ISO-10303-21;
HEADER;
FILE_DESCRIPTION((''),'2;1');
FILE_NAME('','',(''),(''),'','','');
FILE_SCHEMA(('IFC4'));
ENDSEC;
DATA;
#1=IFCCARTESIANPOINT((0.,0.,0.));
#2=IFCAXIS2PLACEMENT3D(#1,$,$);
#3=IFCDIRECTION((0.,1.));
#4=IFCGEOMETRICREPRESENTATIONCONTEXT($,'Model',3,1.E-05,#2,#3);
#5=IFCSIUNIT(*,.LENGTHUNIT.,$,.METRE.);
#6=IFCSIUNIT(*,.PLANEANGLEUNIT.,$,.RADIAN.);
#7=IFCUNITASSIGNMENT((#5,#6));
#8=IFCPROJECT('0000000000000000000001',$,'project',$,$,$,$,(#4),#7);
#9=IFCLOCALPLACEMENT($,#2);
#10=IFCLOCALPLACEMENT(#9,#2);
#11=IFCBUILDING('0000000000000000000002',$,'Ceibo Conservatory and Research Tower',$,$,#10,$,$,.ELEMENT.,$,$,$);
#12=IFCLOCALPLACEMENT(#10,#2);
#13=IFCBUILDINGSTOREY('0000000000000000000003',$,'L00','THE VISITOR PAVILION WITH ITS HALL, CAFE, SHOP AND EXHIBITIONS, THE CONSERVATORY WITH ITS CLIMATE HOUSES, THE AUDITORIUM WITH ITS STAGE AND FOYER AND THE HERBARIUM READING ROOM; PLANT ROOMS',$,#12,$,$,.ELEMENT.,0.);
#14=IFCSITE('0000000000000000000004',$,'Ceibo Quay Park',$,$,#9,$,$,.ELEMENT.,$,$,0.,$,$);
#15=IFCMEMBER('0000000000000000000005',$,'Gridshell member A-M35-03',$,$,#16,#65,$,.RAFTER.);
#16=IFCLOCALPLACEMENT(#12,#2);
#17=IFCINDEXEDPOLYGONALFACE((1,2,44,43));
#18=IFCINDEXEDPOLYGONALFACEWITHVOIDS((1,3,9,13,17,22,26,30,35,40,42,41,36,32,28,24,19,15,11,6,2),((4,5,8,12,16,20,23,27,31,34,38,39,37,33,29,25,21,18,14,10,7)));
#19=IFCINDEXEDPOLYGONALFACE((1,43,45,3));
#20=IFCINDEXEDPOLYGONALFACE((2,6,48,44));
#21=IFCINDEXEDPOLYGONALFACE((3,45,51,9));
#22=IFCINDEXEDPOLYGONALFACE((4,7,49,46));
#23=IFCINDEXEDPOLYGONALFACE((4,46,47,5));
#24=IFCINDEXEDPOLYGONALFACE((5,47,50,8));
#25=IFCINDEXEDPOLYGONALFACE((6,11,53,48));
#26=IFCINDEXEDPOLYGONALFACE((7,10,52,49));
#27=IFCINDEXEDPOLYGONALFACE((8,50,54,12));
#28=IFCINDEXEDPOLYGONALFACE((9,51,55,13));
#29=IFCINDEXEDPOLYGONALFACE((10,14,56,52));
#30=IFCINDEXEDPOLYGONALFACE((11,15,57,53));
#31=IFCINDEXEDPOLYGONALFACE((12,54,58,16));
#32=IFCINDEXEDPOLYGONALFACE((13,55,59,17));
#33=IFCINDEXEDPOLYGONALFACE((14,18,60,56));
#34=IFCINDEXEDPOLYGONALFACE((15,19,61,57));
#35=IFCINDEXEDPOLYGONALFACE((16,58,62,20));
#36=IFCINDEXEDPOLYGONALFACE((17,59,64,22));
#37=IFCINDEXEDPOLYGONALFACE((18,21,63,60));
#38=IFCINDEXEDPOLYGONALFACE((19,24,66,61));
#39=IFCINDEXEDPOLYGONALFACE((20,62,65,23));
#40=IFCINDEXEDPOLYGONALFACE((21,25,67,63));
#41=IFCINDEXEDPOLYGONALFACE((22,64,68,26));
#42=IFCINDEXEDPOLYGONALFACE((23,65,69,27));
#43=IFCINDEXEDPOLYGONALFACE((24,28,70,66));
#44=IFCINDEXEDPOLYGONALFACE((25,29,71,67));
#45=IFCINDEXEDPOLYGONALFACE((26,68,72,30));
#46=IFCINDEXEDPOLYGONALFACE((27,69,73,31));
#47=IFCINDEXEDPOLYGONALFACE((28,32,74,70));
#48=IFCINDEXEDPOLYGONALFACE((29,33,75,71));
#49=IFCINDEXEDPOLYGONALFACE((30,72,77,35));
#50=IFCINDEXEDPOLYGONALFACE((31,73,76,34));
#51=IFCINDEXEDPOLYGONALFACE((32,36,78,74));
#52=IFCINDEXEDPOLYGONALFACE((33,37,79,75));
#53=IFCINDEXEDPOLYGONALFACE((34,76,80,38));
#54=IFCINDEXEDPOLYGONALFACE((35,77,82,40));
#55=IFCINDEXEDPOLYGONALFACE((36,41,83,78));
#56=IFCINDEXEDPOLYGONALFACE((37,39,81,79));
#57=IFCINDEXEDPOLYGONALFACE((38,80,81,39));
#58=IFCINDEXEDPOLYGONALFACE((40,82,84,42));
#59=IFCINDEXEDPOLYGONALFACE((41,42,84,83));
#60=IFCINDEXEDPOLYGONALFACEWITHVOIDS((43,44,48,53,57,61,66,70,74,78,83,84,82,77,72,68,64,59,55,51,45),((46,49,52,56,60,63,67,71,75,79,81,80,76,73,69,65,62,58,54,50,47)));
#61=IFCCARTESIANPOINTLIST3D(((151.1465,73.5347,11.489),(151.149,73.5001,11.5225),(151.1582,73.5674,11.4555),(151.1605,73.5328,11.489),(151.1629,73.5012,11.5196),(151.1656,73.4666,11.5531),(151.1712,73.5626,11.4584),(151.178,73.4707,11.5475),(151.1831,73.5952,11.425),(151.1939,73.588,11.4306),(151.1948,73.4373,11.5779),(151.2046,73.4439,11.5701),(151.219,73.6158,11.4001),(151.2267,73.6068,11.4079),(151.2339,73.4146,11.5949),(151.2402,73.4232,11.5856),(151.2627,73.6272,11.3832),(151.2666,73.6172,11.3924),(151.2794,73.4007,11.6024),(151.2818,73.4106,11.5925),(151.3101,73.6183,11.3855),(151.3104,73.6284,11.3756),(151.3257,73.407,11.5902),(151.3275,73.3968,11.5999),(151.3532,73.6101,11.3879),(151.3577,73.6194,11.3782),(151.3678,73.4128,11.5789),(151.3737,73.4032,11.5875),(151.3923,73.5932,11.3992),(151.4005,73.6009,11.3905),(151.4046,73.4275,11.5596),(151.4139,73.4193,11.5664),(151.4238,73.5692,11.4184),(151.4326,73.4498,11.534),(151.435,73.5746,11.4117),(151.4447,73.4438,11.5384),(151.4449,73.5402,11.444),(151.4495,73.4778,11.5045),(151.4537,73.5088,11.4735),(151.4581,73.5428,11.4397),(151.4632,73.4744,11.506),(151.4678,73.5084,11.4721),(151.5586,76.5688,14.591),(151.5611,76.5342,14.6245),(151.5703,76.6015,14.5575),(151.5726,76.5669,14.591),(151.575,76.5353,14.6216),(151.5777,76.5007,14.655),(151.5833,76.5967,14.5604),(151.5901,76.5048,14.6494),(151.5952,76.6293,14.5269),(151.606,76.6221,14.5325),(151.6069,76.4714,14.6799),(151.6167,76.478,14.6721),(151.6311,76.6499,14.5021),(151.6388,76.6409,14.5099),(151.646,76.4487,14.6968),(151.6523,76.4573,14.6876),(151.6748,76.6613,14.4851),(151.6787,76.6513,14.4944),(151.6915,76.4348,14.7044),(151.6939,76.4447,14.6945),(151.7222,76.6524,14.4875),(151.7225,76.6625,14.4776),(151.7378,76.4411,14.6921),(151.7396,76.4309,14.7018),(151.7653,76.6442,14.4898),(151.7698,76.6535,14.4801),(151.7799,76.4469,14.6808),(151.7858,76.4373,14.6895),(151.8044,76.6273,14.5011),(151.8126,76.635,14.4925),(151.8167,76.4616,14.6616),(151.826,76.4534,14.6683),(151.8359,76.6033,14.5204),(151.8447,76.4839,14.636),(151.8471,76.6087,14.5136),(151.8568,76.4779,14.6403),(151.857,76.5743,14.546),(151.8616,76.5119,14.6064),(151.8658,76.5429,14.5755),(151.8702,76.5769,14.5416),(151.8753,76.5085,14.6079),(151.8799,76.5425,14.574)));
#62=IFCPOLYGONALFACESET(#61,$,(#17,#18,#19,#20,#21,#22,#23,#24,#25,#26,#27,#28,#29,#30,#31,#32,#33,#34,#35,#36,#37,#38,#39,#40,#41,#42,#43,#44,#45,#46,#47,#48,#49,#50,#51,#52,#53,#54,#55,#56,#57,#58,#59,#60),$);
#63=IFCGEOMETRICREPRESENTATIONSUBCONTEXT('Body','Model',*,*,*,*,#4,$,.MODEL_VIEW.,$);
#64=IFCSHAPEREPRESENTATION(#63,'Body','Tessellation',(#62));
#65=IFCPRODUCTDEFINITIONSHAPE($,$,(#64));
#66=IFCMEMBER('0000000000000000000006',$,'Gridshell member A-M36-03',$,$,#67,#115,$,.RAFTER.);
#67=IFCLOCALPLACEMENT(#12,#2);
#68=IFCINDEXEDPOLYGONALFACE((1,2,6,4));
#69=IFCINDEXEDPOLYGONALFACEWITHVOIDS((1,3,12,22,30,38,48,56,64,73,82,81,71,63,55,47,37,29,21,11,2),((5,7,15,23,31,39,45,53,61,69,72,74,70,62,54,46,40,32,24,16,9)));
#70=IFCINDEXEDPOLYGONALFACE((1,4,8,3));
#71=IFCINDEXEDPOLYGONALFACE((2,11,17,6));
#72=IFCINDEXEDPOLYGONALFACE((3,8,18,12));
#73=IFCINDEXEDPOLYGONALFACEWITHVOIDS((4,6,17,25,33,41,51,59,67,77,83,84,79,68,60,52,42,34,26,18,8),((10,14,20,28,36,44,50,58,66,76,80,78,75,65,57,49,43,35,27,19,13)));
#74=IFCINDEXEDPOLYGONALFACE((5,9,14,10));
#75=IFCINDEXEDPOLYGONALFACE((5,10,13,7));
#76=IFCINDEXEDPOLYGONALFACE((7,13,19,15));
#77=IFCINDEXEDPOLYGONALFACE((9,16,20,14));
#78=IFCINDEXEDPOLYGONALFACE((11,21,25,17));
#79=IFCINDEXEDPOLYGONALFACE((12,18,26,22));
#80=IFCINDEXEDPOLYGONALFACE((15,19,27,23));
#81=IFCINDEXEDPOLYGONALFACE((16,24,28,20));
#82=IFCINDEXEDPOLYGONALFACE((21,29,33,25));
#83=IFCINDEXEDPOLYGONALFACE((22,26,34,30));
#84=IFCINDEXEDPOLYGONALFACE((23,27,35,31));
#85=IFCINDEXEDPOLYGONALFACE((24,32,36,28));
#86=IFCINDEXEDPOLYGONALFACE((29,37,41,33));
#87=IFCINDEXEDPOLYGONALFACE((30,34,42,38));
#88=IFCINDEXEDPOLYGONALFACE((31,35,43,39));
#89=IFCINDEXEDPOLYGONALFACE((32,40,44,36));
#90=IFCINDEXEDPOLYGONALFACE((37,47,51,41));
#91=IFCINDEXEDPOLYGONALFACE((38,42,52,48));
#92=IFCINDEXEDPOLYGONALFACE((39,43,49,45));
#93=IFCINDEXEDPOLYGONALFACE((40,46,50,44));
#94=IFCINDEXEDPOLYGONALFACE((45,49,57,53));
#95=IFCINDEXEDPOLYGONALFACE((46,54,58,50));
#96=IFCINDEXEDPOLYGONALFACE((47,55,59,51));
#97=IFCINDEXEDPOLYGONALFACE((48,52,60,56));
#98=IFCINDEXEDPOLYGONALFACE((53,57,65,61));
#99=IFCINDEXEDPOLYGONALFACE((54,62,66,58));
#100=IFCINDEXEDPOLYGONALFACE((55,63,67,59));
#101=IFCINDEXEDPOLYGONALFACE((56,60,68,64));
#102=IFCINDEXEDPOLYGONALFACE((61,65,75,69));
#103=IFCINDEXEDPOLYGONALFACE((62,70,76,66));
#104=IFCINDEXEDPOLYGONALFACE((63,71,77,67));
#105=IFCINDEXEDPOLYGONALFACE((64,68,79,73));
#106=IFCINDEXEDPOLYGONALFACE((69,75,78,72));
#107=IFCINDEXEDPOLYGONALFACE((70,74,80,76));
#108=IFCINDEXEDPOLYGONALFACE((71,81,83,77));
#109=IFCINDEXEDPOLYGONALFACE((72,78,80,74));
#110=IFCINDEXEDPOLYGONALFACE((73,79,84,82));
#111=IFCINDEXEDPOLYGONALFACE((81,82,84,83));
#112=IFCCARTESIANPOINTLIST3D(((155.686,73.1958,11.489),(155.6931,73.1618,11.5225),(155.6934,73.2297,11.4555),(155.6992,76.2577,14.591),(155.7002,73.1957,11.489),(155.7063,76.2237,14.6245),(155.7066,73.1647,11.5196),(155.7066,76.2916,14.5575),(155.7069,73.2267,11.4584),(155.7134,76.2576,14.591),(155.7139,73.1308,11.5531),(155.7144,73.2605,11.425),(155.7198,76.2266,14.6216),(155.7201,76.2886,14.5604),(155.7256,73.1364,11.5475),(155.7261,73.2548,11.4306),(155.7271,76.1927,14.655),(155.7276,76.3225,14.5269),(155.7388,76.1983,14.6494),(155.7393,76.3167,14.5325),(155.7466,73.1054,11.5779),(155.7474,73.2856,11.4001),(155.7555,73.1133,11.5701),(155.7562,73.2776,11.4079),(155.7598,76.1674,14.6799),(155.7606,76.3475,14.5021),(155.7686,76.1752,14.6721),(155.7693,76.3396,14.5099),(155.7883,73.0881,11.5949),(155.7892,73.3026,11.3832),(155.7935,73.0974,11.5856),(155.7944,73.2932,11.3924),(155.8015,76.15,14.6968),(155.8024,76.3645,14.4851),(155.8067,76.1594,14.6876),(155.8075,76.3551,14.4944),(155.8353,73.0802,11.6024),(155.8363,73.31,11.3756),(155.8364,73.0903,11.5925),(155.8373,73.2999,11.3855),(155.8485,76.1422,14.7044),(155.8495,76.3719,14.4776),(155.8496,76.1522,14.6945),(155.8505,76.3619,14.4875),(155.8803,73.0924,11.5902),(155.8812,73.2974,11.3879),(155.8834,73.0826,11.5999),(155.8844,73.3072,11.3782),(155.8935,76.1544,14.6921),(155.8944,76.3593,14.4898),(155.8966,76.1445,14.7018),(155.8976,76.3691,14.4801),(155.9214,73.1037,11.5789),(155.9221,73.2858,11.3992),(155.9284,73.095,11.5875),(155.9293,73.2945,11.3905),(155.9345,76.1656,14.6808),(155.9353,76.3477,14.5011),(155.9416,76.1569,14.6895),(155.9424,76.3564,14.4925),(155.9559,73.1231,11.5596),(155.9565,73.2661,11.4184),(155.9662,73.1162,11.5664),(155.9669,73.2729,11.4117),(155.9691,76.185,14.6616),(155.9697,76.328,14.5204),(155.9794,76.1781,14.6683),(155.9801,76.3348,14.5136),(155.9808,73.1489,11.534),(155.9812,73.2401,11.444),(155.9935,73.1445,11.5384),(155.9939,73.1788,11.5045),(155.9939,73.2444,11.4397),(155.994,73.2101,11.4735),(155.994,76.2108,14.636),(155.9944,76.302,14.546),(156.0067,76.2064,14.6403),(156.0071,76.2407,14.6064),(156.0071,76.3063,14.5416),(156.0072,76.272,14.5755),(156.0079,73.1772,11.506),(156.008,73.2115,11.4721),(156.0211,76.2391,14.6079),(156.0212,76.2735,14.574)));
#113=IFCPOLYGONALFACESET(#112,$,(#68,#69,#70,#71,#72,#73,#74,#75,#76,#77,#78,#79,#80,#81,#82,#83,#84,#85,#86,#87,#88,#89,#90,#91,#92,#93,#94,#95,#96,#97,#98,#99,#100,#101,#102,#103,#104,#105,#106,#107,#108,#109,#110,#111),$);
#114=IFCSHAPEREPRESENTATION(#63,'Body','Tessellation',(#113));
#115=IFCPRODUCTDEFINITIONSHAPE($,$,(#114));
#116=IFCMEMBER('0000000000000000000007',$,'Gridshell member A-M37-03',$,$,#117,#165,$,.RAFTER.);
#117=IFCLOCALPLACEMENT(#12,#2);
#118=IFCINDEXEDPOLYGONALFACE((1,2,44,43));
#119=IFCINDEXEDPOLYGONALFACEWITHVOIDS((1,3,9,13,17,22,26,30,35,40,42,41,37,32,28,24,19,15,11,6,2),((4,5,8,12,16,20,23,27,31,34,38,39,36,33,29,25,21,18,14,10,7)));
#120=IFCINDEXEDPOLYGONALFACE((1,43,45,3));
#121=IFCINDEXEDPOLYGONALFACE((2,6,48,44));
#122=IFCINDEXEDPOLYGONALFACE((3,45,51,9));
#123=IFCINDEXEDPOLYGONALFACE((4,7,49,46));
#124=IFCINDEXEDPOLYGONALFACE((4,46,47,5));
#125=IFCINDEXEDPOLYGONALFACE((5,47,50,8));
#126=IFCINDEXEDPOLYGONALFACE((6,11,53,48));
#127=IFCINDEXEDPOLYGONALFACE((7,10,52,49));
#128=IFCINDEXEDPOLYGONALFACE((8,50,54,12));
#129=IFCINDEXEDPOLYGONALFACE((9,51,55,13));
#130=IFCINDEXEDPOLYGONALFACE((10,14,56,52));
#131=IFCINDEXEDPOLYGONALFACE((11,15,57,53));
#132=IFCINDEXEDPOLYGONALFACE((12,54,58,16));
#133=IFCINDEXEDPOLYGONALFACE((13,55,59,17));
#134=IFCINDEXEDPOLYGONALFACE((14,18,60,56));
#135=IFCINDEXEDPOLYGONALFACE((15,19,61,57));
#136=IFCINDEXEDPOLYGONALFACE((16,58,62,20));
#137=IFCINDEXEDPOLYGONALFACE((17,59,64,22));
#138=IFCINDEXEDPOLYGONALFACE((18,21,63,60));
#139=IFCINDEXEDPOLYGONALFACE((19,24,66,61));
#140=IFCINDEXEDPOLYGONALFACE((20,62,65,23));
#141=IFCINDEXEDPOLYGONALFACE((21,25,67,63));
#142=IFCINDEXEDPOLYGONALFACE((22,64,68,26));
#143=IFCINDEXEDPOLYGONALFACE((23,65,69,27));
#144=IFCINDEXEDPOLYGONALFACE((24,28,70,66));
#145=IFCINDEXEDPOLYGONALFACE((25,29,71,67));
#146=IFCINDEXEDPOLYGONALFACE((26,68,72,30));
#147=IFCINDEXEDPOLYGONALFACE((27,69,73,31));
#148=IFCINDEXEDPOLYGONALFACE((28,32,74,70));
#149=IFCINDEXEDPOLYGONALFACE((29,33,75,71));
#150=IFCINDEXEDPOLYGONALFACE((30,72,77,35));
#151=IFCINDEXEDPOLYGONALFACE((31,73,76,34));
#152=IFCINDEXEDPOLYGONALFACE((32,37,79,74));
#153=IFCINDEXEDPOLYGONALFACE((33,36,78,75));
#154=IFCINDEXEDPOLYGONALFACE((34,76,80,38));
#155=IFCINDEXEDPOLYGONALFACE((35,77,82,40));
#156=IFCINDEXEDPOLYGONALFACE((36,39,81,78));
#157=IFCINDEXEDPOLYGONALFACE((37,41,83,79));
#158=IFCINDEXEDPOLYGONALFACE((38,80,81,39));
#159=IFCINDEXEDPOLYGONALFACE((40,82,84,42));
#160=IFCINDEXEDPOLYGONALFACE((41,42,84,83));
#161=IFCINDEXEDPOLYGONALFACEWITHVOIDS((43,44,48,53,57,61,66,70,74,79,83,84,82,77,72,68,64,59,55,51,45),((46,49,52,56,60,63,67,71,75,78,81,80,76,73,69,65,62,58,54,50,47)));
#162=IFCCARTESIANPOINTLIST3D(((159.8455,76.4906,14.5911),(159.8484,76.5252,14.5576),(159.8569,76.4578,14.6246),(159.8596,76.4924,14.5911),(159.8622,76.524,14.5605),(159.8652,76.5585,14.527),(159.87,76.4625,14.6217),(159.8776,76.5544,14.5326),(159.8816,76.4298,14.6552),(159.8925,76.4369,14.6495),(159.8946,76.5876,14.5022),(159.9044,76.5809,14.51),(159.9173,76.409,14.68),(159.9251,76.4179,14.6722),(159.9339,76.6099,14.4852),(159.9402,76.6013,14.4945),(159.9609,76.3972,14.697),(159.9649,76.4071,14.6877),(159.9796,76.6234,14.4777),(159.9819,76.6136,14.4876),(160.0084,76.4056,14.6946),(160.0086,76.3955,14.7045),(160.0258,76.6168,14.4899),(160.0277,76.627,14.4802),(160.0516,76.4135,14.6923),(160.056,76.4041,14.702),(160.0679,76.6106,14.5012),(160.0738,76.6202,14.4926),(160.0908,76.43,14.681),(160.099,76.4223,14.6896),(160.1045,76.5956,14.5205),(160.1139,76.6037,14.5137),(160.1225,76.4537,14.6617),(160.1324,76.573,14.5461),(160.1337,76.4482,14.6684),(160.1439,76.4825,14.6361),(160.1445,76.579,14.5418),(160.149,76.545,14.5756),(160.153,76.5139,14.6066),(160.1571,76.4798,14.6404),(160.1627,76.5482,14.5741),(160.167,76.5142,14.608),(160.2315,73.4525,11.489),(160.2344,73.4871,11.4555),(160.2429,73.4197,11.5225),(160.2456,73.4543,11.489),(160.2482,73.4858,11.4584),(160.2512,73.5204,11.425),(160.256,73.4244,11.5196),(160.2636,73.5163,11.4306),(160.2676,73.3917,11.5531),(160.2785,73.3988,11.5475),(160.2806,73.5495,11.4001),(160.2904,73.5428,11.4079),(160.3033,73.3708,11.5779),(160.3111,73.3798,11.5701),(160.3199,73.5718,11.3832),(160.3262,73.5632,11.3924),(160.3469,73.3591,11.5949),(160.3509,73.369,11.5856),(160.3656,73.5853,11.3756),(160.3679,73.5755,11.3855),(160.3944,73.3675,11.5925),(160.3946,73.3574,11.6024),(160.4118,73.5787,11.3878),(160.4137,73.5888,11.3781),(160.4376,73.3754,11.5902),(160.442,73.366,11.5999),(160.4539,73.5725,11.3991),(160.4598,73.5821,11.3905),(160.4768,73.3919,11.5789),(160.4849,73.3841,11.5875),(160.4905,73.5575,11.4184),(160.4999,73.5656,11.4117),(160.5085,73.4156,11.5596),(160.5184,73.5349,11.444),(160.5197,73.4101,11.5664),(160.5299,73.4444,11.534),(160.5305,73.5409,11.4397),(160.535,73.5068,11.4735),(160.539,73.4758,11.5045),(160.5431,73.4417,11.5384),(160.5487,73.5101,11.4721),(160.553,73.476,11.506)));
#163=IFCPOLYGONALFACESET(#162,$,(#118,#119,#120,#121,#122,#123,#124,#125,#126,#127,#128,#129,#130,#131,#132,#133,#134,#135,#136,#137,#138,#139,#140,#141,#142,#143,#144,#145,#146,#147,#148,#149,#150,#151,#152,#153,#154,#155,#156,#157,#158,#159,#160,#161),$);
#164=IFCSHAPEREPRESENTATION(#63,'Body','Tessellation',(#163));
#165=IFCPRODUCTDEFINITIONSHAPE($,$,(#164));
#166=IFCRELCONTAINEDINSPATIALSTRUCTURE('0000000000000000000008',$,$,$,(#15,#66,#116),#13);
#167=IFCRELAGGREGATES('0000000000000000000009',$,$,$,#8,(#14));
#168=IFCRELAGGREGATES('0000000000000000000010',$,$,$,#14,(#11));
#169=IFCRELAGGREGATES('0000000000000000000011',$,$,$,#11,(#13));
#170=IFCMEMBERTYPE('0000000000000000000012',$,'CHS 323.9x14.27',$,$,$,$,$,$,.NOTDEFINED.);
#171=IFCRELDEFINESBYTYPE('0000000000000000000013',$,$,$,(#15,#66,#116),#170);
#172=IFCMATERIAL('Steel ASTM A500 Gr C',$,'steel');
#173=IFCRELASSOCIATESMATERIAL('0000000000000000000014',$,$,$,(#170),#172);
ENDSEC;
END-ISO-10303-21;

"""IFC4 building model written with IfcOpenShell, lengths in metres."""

from ifc_helpers import new_model, si_unit, direction, frame, origin, origin_2d, place, context, subcontext, project, spatial, hollow_circle, extrude, material, material_profile, profile_set, type_object, element, save


model = new_model("IFC4")

# Units and contexts
model_context = context("Model", 3, precision=1e-05, world=origin(), true_north=direction((0.0, 1.0)))
body_context = subcontext(model_context, "Body", "Model", "MODEL_VIEW")
ifc_project = project(units=[si_unit("LENGTHUNIT", "METRE"), si_unit("PLANEANGLEUNIT", "RADIAN")], contexts=[model_context])

# Site, building, storey
site_placement = place(None, origin())
site = spatial("IfcSite", under=ifc_project, at=site_placement, Name="Ceibo Quay Park", CompositionType="ELEMENT", RefElevation=0.0)
building_placement = place(site_placement, origin())
building = spatial("IfcBuilding", under=site, at=building_placement, Name="Ceibo Conservatory and Research Tower", CompositionType="ELEMENT")
storey_placement = place(building_placement, origin())
storey = spatial("IfcBuildingStorey", under=building, at=storey_placement, Name="L00", Description="THE VISITOR PAVILION WITH ITS HALL, CAFE, SHOP AND EXHIBITIONS, THE CONSERVATORY WITH ITS CLIMATE HOUSES, THE AUDITORIUM WITH ITS STAGE AND FOYER AND THE HERBARIUM READING ROOM; PLANT ROOMS", CompositionType="ELEMENT", Elevation=0.0)

# Members
ifc_material_1 = material(Name="Steel ASTM A500 Gr C", Category="steel")
ifc_material_profile_1 = material_profile(ifc_material_1, hollow_circle(Radius=0.1619, WallThickness=0.0142, at=origin_2d()), Name="CHS 323.9x14.27")
ifc_profile_set_1 = profile_set([ifc_material_profile_1], Name="Steel ASTM A500 Gr C")
member_type_1 = type_object("IfcMemberType", Name="CHS 323.9x14.27", PredefinedType="NOTDEFINED", material=ifc_profile_set_1)
for number, where, z_axis, x_axis, name in (
    (1, (151.3069, 73.5129, 11.489), (0.094547, 0.696111, 0.711682), (-0.990902, 0.134587, 0.0), "Gridshell member A-M35-03"),
    (2, (155.8479, 73.1951, 11.489), (0.003025, 0.702496, 0.711682), (-0.999991, 0.004305, 0.0), "Gridshell member A-M36-03"),
):
    element("IfcMember", number, at=place(storey_placement, frame(where, z_axis=z_axis, x_axis=x_axis)), inside=storey, type_object=member_type_1, Name=name, PredefinedType="RAFTER", context=body_context, shape_type="SweptSolid", body=[
        extrude(hollow_circle(Radius=0.1619, WallThickness=0.0142, at=origin_2d()), origin(), (0.0, 0.0, 1.0), 4.3586),
    ])
member_1_placement = place(storey_placement, frame((160.3921, 73.4729, 11.489), z_axis=(-0.088547, 0.696954, 0.711628), x_axis=(-0.992026, -0.126036, 0.0)))
element("IfcMember", 3, at=member_1_placement, inside=storey, type_object=member_type_1, Name="Gridshell member A-M37-03", PredefinedType="RAFTER", context=body_context, shape_type="SweptSolid", body=[
    extrude(hollow_circle(Radius=0.1619, WallThickness=0.0142, at=origin_2d()), origin(), (0.0, 0.0, 1.0), 4.3591),
])

save(model, "model.ifc")
